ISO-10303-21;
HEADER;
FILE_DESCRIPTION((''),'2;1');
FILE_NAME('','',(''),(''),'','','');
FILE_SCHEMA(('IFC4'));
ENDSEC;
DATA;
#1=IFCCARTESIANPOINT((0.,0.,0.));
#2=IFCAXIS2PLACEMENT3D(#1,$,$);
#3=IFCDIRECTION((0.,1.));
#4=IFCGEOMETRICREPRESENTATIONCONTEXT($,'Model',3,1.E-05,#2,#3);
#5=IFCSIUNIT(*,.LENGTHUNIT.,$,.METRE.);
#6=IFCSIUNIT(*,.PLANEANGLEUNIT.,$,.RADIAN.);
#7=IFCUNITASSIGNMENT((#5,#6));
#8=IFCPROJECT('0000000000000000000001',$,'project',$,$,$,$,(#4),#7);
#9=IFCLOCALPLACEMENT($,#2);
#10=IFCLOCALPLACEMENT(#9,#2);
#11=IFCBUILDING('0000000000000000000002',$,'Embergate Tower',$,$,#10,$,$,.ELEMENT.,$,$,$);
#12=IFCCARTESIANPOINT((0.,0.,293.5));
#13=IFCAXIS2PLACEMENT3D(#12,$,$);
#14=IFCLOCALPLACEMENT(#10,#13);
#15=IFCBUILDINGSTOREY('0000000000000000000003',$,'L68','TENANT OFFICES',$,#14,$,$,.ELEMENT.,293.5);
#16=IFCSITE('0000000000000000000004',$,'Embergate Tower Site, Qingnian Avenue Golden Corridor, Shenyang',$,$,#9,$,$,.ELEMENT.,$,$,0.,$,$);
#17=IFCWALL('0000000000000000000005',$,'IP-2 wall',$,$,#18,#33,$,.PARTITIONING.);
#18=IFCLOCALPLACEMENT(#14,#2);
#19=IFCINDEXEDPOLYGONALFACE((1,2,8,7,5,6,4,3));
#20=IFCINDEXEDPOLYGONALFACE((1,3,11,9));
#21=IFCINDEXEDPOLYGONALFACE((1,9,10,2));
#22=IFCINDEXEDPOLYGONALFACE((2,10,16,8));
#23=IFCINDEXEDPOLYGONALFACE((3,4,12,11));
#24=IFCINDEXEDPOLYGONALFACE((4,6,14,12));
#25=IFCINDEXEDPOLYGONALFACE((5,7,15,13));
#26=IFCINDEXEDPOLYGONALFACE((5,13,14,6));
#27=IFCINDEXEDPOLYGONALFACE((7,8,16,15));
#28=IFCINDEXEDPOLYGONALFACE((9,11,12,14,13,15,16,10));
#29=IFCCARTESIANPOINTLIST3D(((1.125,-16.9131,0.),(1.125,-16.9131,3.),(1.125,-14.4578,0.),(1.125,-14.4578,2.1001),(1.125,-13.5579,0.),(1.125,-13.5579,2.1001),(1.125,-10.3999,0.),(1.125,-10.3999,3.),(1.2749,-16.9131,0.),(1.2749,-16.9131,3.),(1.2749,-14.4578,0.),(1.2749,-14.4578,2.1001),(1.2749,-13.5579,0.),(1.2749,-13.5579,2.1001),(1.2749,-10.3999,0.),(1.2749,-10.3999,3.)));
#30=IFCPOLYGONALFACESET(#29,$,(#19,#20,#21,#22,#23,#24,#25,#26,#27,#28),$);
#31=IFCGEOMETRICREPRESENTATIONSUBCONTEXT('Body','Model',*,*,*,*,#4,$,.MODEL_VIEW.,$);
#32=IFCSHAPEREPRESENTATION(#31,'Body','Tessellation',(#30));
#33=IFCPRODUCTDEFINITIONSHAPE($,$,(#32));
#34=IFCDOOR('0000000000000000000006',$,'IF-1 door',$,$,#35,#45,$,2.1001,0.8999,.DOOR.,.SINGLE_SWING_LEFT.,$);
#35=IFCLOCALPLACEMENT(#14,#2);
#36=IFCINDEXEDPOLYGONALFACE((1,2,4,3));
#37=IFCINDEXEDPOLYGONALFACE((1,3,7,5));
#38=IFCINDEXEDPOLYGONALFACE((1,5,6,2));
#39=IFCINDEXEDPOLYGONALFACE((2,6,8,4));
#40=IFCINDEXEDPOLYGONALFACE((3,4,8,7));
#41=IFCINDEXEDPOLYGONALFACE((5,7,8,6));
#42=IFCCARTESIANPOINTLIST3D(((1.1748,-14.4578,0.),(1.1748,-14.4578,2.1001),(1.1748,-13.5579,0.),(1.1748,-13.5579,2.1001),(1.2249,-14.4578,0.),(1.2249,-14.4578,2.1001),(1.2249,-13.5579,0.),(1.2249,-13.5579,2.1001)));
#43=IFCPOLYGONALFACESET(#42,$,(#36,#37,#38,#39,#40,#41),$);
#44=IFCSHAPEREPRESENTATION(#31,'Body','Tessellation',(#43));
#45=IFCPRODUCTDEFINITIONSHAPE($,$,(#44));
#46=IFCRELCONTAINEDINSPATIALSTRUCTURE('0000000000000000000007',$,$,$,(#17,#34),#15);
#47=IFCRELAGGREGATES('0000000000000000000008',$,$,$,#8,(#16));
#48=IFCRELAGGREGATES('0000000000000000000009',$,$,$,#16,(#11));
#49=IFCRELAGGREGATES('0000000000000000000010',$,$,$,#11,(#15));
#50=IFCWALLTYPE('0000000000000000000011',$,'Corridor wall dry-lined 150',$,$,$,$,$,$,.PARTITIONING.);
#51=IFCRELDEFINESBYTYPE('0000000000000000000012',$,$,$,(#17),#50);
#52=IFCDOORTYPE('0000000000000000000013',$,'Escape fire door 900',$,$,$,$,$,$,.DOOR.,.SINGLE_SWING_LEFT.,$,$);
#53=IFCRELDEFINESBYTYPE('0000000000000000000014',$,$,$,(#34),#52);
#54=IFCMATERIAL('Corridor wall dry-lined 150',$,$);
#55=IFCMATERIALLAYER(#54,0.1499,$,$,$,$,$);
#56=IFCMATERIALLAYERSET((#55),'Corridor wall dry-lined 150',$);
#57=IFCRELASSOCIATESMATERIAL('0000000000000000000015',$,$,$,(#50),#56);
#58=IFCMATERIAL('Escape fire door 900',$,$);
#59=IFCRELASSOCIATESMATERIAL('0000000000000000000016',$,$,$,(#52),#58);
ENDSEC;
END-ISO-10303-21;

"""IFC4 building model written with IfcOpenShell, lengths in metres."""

from ifc_helpers import new_model, si_unit, direction, frame, frame_2d, origin, place, context, subcontext, project, spatial, rectangle, extrude, source, transform, mapped, material, layer, layer_set, type_object, element, fill, save


model = new_model("IFC4")

# Units and contexts
model_context = context("Model", 3, precision=1e-05, world=origin(), true_north=direction((0.0, 1.0)))
body_context = subcontext(model_context, "Body", "Model", "MODEL_VIEW")
ifc_project = project(units=[si_unit("LENGTHUNIT", "METRE"), si_unit("PLANEANGLEUNIT", "RADIAN")], contexts=[model_context])

# Site, building, storey
site_placement = place(None, origin())
site = spatial("IfcSite", under=ifc_project, at=site_placement, Name="Embergate Tower Site, Qingnian Avenue Golden Corridor, Shenyang", CompositionType="ELEMENT", RefElevation=0.0)
building_placement = place(site_placement, origin())
building = spatial("IfcBuilding", under=site, at=building_placement, Name="Embergate Tower", CompositionType="ELEMENT")
storey_placement = place(building_placement, frame((0.0, 0.0, 293.5)))
storey = spatial("IfcBuildingStorey", under=building, at=storey_placement, Name="L68", Description="TENANT OFFICES", CompositionType="ELEMENT", Elevation=293.5)

# Shared definitions
shared_shape_1 = source(origin(), body_context, "Body", "SweptSolid", [
    extrude(rectangle(XDim=0.8999, YDim=2.1001, at=frame_2d((0.45, 1.05))), frame((0.0, 0.0249, 0.0), z_axis=(0.0, -1.0, 0.0), x_axis=(1.0, 0.0, 0.0)), (0.0, 0.0, 1.0), 0.05),
])

# Wall, opening, door
ifc_material_1 = material(Name="Corridor wall dry-lined 150")
ifc_layer_1 = layer(ifc_material_1, 0.1499)
ifc_layer_set_1 = layer_set([ifc_layer_1], Name="Corridor wall dry-lined 150")
wall_type_1 = type_object("IfcWallType", Name="Corridor wall dry-lined 150", PredefinedType="PARTITIONING", material=ifc_layer_set_1)
shared_shape_2 = source(origin(), body_context, "Body", "SweptSolid", [
    extrude(rectangle(XDim=6.5132, YDim=0.1499, at=frame_2d((3.2566, 0.0))), origin(), (0.0, 0.0, 1.0), 3.0),
])
wall_1_placement = place(storey_placement, frame((1.2, -10.3999, 0.0), z_axis=(0.0, 0.0, 1.0), x_axis=(0.0, -1.0, 0.0)))
wall_1 = element("IfcWall", 1, at=wall_1_placement, inside=storey, type_object=wall_type_1, Name="IP-2 wall", PredefinedType="PARTITIONING", context=body_context, shape_type="MappedRepresentation", body=[
    mapped(shared_shape_2, transform((0.0, 0.0, 0.0))),
])
shared_shape_3 = source(origin(), body_context, "Body", "SweptSolid", [
    extrude(rectangle(XDim=0.8999, YDim=2.1001, at=frame_2d((0.45, 1.05))), frame((0.0, 0.085, 0.0), z_axis=(0.0, -1.0, 0.0), x_axis=(1.0, 0.0, 0.0)), (0.0, 0.0, 1.0), 0.1699),
])
opening_1_placement = place(wall_1_placement, frame((3.158, 0.0, 0.0)))
opening_1 = element("IfcOpeningElement", 2, at=opening_1_placement, cuts=wall_1, PredefinedType="OPENING", context=body_context, shape_type="MappedRepresentation", body=[
    mapped(shared_shape_3, transform((0.0, 0.0, 0.0))),
])
ifc_material_2 = material(Name="Escape fire door 900")
door_type_1 = type_object("IfcDoorType", Name="Escape fire door 900", OperationType="SINGLE_SWING_LEFT", PredefinedType="DOOR", material=ifc_material_2)
door_1_placement = place(opening_1_placement, origin())
door_1 = element("IfcDoor", 3, at=door_1_placement, inside=storey, type_object=door_type_1, Name="IF-1 door", OperationType="SINGLE_SWING_LEFT", OverallHeight=2.1001, OverallWidth=0.8999, PredefinedType="DOOR", context=body_context, shape_type="MappedRepresentation", body=[
    mapped(shared_shape_1, transform((0.0, 0.0, 0.0))),
])
fill(opening_1, door_1)

save(model, "model.ifc")
